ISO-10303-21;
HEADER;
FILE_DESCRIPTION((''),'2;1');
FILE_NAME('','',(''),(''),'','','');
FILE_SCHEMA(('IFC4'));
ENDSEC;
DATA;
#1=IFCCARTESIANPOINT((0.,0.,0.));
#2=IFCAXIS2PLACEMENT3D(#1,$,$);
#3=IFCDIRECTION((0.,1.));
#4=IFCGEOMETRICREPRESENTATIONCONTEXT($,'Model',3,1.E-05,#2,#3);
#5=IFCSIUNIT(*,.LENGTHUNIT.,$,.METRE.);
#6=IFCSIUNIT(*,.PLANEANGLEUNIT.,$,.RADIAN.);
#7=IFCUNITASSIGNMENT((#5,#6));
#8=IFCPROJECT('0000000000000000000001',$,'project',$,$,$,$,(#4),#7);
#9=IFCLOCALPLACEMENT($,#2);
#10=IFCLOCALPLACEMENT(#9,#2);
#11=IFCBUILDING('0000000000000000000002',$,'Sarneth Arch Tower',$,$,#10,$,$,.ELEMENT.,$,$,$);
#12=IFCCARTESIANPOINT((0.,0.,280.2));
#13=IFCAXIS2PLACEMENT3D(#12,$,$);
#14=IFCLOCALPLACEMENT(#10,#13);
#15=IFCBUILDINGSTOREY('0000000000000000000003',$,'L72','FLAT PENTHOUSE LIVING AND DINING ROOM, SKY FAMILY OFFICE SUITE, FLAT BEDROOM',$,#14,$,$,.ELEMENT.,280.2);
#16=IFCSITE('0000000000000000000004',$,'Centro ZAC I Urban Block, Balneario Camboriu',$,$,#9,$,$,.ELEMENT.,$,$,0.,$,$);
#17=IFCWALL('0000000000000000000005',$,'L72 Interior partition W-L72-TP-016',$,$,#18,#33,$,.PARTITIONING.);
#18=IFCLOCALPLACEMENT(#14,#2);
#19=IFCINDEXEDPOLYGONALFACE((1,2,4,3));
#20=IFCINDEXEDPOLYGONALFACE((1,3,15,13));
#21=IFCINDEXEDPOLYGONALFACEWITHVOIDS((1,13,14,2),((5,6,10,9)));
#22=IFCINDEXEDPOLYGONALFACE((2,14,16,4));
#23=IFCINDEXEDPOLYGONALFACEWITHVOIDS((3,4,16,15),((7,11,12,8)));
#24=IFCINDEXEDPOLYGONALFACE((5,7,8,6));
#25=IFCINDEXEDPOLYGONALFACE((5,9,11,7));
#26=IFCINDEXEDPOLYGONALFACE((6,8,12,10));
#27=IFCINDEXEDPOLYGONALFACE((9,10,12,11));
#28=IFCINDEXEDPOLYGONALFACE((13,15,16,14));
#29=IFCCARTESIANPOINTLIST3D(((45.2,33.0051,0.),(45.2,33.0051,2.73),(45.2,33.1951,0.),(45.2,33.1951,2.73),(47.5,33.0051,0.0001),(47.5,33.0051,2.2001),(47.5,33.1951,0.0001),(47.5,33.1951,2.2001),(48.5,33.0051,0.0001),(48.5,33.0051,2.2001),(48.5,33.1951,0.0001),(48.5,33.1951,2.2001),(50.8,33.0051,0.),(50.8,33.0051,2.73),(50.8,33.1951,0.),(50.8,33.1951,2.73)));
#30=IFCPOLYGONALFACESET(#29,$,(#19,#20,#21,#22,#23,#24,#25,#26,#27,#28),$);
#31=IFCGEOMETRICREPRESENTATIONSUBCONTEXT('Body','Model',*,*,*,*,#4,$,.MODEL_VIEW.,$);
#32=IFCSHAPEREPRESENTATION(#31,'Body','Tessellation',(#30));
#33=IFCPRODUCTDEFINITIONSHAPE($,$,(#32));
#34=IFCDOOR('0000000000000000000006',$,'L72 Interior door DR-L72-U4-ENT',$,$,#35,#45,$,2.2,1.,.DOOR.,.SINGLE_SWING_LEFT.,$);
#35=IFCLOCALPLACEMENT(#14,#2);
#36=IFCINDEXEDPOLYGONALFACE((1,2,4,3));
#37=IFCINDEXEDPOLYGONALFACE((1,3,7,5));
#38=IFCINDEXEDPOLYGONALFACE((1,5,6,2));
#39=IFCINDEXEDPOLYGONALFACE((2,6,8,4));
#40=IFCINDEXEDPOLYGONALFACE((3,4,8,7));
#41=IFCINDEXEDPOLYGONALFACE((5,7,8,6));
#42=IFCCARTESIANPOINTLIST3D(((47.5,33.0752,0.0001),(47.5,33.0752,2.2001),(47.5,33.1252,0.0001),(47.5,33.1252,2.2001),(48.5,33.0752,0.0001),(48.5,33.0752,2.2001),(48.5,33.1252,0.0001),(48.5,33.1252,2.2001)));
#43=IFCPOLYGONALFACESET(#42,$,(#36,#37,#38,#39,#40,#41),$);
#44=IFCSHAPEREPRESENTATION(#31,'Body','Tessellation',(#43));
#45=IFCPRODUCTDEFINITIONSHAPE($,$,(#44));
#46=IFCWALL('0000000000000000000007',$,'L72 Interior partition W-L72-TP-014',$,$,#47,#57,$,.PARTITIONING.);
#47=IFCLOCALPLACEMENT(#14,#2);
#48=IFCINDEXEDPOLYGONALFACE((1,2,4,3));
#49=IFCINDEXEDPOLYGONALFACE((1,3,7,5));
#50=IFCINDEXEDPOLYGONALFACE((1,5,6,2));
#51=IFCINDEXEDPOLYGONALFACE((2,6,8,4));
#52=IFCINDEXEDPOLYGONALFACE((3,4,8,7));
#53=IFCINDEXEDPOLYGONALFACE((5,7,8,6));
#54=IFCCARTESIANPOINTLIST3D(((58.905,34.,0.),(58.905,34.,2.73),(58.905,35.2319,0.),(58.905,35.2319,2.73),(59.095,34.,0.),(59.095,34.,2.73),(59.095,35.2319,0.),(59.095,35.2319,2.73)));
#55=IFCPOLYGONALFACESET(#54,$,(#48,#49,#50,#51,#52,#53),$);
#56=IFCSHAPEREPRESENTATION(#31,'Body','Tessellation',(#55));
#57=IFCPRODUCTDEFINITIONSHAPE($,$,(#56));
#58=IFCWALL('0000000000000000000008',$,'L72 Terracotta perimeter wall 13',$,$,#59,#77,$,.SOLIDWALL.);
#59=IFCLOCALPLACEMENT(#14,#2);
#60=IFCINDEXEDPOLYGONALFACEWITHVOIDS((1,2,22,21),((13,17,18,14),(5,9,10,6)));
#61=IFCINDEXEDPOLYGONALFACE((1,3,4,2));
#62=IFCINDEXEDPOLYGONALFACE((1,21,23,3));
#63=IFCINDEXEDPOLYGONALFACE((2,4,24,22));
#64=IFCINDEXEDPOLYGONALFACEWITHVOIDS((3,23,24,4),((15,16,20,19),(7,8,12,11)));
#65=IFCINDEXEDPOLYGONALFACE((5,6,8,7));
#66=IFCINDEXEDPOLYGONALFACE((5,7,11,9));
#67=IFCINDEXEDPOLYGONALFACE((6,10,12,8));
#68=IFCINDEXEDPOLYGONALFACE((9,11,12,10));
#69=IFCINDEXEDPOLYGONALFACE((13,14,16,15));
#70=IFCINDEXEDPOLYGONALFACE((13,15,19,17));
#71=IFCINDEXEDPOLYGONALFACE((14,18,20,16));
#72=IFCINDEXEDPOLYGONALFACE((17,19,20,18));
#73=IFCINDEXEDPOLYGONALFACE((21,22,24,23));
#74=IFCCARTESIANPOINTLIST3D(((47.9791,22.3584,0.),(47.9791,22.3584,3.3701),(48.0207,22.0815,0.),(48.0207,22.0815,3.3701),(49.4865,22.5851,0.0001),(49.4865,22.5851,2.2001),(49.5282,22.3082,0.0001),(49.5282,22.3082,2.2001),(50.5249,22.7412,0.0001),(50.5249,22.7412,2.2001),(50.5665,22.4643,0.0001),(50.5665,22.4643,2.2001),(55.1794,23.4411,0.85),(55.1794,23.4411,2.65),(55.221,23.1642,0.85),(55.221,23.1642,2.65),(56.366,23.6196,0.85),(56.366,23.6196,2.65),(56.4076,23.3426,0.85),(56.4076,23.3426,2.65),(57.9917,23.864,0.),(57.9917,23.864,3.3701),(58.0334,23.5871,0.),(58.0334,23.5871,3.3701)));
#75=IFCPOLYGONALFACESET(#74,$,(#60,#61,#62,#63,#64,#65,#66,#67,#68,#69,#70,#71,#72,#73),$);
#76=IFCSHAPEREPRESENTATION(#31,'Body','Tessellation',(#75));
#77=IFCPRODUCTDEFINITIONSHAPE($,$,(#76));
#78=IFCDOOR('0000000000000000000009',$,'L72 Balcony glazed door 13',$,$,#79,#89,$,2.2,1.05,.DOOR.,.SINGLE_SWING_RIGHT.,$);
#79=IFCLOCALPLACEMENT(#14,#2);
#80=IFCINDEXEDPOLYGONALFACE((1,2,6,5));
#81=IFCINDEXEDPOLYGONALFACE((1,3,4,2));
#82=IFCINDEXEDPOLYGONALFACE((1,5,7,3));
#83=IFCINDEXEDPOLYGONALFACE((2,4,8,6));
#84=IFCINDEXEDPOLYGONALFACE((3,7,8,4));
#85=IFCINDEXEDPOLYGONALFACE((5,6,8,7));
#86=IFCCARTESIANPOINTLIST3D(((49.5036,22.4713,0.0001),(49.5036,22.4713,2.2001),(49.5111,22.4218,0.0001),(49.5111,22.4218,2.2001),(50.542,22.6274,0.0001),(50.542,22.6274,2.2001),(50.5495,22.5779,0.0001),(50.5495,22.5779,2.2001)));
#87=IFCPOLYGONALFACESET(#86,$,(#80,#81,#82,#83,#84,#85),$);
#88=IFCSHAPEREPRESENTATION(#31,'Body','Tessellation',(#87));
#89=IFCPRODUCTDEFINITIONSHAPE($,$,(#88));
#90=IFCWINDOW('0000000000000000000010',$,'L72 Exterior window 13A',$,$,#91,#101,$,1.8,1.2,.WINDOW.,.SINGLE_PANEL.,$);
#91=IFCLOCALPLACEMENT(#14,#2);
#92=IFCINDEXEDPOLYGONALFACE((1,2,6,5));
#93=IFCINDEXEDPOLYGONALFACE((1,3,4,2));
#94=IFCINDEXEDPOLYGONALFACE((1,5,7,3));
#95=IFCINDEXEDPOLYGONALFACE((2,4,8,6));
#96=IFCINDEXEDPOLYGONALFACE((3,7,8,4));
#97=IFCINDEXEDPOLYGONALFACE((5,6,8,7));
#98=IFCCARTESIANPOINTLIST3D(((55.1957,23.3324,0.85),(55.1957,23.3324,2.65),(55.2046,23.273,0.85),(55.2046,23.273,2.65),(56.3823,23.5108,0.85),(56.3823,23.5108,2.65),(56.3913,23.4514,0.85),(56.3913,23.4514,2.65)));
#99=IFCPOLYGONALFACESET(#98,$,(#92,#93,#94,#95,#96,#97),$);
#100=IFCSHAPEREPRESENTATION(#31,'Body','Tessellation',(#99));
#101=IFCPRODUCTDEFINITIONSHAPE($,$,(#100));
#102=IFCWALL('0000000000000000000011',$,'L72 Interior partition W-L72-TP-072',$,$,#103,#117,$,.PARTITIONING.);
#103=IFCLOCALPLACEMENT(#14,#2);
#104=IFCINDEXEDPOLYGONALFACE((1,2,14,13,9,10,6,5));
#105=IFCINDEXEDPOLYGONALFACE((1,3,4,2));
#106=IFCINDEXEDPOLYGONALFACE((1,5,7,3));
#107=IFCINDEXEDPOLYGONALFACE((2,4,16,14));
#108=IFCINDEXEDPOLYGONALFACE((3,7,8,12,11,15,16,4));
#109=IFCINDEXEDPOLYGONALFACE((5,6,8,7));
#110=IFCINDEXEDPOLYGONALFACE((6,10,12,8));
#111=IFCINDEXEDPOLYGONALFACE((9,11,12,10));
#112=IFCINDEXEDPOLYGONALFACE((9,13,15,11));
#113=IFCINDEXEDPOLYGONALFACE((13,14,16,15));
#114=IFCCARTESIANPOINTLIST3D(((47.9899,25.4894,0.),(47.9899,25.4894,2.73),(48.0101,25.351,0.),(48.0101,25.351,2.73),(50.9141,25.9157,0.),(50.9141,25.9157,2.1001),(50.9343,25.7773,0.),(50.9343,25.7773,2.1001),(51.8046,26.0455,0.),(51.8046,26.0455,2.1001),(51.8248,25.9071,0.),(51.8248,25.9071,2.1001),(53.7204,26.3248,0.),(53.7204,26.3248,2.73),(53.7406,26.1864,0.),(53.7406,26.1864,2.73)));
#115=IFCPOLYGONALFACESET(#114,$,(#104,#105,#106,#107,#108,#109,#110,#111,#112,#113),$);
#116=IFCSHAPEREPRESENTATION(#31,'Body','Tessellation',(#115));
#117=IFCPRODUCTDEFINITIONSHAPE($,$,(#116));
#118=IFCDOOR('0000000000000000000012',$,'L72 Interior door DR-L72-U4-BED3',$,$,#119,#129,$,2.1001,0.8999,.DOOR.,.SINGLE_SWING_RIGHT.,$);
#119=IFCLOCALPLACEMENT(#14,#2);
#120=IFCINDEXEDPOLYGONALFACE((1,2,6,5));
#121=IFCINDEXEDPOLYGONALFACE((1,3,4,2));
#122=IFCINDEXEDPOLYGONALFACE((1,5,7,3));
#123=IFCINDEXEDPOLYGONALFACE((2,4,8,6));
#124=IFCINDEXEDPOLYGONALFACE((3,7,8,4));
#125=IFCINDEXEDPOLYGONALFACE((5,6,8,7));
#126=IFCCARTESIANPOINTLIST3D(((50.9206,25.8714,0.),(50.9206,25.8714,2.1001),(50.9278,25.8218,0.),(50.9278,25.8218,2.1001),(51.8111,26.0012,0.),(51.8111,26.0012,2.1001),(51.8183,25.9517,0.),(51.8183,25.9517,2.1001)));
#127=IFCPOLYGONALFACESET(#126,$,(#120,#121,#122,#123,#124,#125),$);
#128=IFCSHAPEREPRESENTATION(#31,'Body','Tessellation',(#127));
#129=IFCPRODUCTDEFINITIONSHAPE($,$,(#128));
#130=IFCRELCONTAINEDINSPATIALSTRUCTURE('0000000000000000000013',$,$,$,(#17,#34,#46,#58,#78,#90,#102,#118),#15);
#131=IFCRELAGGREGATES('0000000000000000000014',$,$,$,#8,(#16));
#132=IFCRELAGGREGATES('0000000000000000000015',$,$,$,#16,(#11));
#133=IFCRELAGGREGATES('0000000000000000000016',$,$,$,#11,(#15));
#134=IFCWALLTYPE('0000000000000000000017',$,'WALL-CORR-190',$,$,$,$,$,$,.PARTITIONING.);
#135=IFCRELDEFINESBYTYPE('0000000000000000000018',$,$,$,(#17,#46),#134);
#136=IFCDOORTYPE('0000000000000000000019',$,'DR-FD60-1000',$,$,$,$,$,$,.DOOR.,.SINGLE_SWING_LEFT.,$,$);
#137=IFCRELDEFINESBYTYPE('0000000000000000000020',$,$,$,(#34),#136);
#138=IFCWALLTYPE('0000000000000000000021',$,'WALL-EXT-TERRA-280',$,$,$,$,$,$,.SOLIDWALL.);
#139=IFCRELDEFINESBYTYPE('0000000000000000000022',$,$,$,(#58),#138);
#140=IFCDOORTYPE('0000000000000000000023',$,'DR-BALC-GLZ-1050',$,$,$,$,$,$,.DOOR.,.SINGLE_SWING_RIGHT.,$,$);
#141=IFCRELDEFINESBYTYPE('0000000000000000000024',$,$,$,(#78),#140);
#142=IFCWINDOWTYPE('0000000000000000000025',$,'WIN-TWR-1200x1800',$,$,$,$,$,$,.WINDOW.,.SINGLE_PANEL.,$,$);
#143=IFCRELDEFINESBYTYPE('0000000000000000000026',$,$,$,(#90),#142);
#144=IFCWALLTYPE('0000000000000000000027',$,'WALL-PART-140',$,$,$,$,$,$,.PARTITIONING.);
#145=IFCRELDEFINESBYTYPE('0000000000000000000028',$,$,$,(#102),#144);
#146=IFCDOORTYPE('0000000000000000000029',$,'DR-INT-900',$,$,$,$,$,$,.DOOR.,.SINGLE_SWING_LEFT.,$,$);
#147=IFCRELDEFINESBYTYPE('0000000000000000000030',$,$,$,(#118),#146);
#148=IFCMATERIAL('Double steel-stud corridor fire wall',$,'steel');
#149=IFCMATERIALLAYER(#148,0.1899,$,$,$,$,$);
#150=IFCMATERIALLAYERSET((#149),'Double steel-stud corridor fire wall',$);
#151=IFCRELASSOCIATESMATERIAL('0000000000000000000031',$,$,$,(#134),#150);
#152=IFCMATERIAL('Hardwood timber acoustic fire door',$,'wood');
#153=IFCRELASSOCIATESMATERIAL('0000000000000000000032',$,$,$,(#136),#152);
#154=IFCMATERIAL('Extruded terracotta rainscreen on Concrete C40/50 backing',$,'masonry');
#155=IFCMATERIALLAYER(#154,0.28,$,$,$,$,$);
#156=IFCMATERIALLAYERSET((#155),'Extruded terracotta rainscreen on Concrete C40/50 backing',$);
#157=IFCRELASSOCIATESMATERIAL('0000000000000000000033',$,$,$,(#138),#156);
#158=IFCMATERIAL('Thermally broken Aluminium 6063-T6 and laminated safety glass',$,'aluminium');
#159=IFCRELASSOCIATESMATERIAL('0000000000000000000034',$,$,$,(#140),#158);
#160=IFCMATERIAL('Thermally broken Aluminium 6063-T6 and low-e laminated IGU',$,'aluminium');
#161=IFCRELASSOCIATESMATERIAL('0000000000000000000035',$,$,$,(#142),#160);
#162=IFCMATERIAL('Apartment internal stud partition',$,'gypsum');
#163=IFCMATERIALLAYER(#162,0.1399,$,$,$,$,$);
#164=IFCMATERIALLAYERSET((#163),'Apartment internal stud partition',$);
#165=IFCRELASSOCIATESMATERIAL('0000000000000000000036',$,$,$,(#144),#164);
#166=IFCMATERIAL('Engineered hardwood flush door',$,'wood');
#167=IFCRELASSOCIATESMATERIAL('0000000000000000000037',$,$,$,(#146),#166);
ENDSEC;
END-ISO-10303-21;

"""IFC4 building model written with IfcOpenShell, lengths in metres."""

from ifc_helpers import new_model, si_unit, direction, frame, frame_2d, origin, place, context, subcontext, project, spatial, rectangle, extrude, material, layer, layer_set, type_object, element, fill, save


model = new_model("IFC4")

# Units and contexts
model_context = context("Model", 3, precision=1e-05, world=origin(), true_north=direction((0.0, 1.0)))
body_context = subcontext(model_context, "Body", "Model", "MODEL_VIEW")
ifc_project = project(units=[si_unit("LENGTHUNIT", "METRE"), si_unit("PLANEANGLEUNIT", "RADIAN")], contexts=[model_context])

# Site, building, storey
site_placement = place(None, origin())
site = spatial("IfcSite", under=ifc_project, at=site_placement, Name="Centro ZAC I Urban Block, Balneario Camboriu", CompositionType="ELEMENT", RefElevation=0.0)
building_placement = place(site_placement, origin())
building = spatial("IfcBuilding", under=site, at=building_placement, Name="Sarneth Arch Tower", CompositionType="ELEMENT")
storey_placement = place(building_placement, frame((0.0, 0.0, 280.2)))
storey = spatial("IfcBuildingStorey", under=building, at=storey_placement, Name="L72", Description="FLAT PENTHOUSE LIVING AND DINING ROOM, SKY FAMILY OFFICE SUITE, FLAT BEDROOM", CompositionType="ELEMENT", Elevation=280.2)

# Wall, opening, door
ifc_material_1 = material(Name="Double steel-stud corridor fire wall", Category="steel")
ifc_layer_1 = layer(ifc_material_1, 0.1899)
ifc_layer_set_1 = layer_set([ifc_layer_1], Name="Double steel-stud corridor fire wall")
wall_type_1 = type_object("IfcWallType", Name="WALL-CORR-190", PredefinedType="PARTITIONING", material=ifc_layer_set_1)
wall_1_placement = place(storey_placement, frame((50.8, 33.1001, 0.0), z_axis=(0.0, 0.0, 1.0), x_axis=(-1.0, 0.0, 0.0)))
wall_1 = element("IfcWall", 1, at=wall_1_placement, inside=storey, type_object=wall_type_1, Name="L72 Interior partition W-L72-TP-016", PredefinedType="PARTITIONING", context=body_context, shape_type="SweptSolid", body=[
    extrude(rectangle(XDim=5.6001, YDim=0.1899, at=frame_2d((2.8, 0.0))), origin(), (0.0, 0.0, 1.0), 2.73),
])
opening_1_placement = place(wall_1_placement, frame((2.3, 0.0, 0.0)))
opening_1 = element("IfcOpeningElement", 2, at=opening_1_placement, cuts=wall_1, PredefinedType="OPENING", context=body_context, shape_type="SweptSolid", body=[
    extrude(rectangle(XDim=1.0, YDim=2.2, at=frame_2d((0.5, 1.1001))), frame((0.0, 0.105, 0.0), z_axis=(0.0, -1.0, 0.0), x_axis=(1.0, 0.0, 0.0)), (0.0, 0.0, 1.0), 0.21),
])
ifc_material_2 = material(Name="Hardwood timber acoustic fire door", Category="wood")
door_type_1 = type_object("IfcDoorType", Name="DR-FD60-1000", OperationType="SINGLE_SWING_LEFT", PredefinedType="DOOR", material=ifc_material_2)
door_1_placement = place(opening_1_placement, origin())
door_1 = element("IfcDoor", 3, at=door_1_placement, inside=storey, type_object=door_type_1, Name="L72 Interior door DR-L72-U4-ENT", OperationType="SINGLE_SWING_LEFT", OverallHeight=2.2, OverallWidth=1.0, PredefinedType="DOOR", context=body_context, shape_type="SweptSolid", body=[
    extrude(rectangle(XDim=1.0, YDim=2.2, at=frame_2d((0.5, 1.1001))), frame((0.0, 0.0249, 0.0), z_axis=(0.0, -1.0, 0.0), x_axis=(1.0, 0.0, 0.0)), (0.0, 0.0, 1.0), 0.05),
])
fill(opening_1, door_1)

# Wall
wall_2_placement = place(storey_placement, frame((59.0, 34.0, 0.0), z_axis=(0.0, 0.0, 1.0), x_axis=(0.0, 1.0, 0.0)))
element("IfcWall", 4, at=wall_2_placement, inside=storey, type_object=wall_type_1, Name="L72 Interior partition W-L72-TP-014", PredefinedType="PARTITIONING", context=body_context, shape_type="SweptSolid", body=[
    extrude(rectangle(XDim=1.2319, YDim=0.1899, at=frame_2d((0.616, 0.0))), origin(), (0.0, 0.0, 1.0), 2.73),
])

# Wall, openings, door, window
ifc_material_3 = material(Name="Extruded terracotta rainscreen on Concrete C40/50 backing", Category="masonry")
ifc_layer_2 = layer(ifc_material_3, 0.28)
ifc_layer_set_2 = layer_set([ifc_layer_2], Name="Extruded terracotta rainscreen on Concrete C40/50 backing")
wall_type_2 = type_object("IfcWallType", Name="WALL-EXT-TERRA-280", PredefinedType="SOLIDWALL", material=ifc_layer_set_2)
wall_3_placement = place(storey_placement, frame((48.0, 22.22, 0.0), z_axis=(0.0, 0.0, 1.0), x_axis=(0.988883, 0.148699, 0.0)))
wall_3 = element("IfcWall", 5, at=wall_3_placement, inside=storey, type_object=wall_type_2, Name="L72 Terracotta perimeter wall 13", PredefinedType="SOLIDWALL", context=body_context, shape_type="SweptSolid", body=[
    extrude(rectangle(XDim=10.1252, YDim=0.28, at=frame_2d((5.0625, 0.0))), origin(), (0.0, 0.0, 1.0), 3.3701),
])
opening_2_placement = place(wall_3_placement, frame((1.5244, 0.0, 0.0)))
opening_2 = element("IfcOpeningElement", 6, at=opening_2_placement, cuts=wall_3, PredefinedType="OPENING", context=body_context, shape_type="SweptSolid", body=[
    extrude(rectangle(XDim=1.05, YDim=2.2, at=frame_2d((0.5249, 1.1001))), frame((0.0, 0.1499, 0.0), z_axis=(0.0, -1.0, 0.0), x_axis=(1.0, 0.0, 0.0)), (0.0, 0.0, 1.0), 0.3),
])
opening_3_placement = place(wall_3_placement, frame((7.281, 0.0, 0.8501)))
opening_3 = element("IfcOpeningElement", 7, at=opening_3_placement, cuts=wall_3, PredefinedType="OPENING", context=body_context, shape_type="SweptSolid", body=[
    extrude(rectangle(XDim=1.2, YDim=1.8, at=frame_2d((0.6001, 0.8999))), frame((0.0, 0.1499, 0.0), z_axis=(0.0, -1.0, 0.0), x_axis=(1.0, 0.0, 0.0)), (0.0, 0.0, 1.0), 0.3),
])
ifc_material_4 = material(Name="Thermally broken Aluminium 6063-T6 and laminated safety glass", Category="aluminium")
door_type_2 = type_object("IfcDoorType", Name="DR-BALC-GLZ-1050", OperationType="SINGLE_SWING_RIGHT", PredefinedType="DOOR", material=ifc_material_4)
door_2_placement = place(opening_2_placement, origin())
door_2 = element("IfcDoor", 8, at=door_2_placement, inside=storey, type_object=door_type_2, Name="L72 Balcony glazed door 13", OperationType="SINGLE_SWING_RIGHT", OverallHeight=2.2, OverallWidth=1.05, PredefinedType="DOOR", context=body_context, shape_type="SweptSolid", body=[
    extrude(rectangle(XDim=1.05, YDim=2.2, at=frame_2d((0.5249, 1.1001))), frame((0.0, 0.0249, 0.0), z_axis=(0.0, -1.0, 0.0), x_axis=(1.0, 0.0, 0.0)), (0.0, 0.0, 1.0), 0.05),
])
fill(opening_2, door_2)
ifc_material_5 = material(Name="Thermally broken Aluminium 6063-T6 and low-e laminated IGU", Category="aluminium")
window_type = type_object("IfcWindowType", Name="WIN-TWR-1200x1800", PartitioningType="SINGLE_PANEL", PredefinedType="WINDOW", material=ifc_material_5)
window_placement = place(opening_3_placement, origin())
window = element("IfcWindow", 9, at=window_placement, inside=storey, type_object=window_type, Name="L72 Exterior window 13A", OverallHeight=1.8, OverallWidth=1.2, PartitioningType="SINGLE_PANEL", PredefinedType="WINDOW", context=body_context, shape_type="SweptSolid", body=[
    extrude(rectangle(XDim=1.2, YDim=1.8, at=frame_2d((0.6001, 0.8999))), frame((0.0, 0.03, 0.0), z_axis=(0.0, -1.0, 0.0), x_axis=(1.0, 0.0, 0.0)), (0.0, 0.0, 1.0), 0.0601),
])
fill(opening_3, window)

# Wall, opening, door
ifc_material_6 = material(Name="Apartment internal stud partition", Category="gypsum")
ifc_layer_3 = layer(ifc_material_6, 0.1399)
ifc_layer_set_3 = layer_set([ifc_layer_3], Name="Apartment internal stud partition")
wall_type_3 = type_object("IfcWallType", Name="WALL-PART-140", PredefinedType="PARTITIONING", material=ifc_layer_set_3)
wall_4_placement = place(storey_placement, frame((53.7305, 26.2556, 0.0), z_axis=(0.0, 0.0, 1.0), x_axis=(-0.989539, -0.144266, 0.0)))
wall_4 = element("IfcWall", 10, at=wall_4_placement, inside=storey, type_object=wall_type_3, Name="L72 Interior partition W-L72-TP-072", PredefinedType="PARTITIONING", context=body_context, shape_type="SweptSolid", body=[
    extrude(rectangle(XDim=5.791, YDim=0.1399, at=frame_2d((2.8955, 0.0))), origin(), (0.0, 0.0, 1.0), 2.73),
])
opening_4_placement = place(wall_4_placement, frame((1.936, 0.0, 0.0)))
opening_4 = element("IfcOpeningElement", 11, at=opening_4_placement, cuts=wall_4, PredefinedType="OPENING", context=body_context, shape_type="SweptSolid", body=[
    extrude(rectangle(XDim=0.8999, YDim=2.1001, at=frame_2d((0.45, 1.05))), frame((0.0, 0.0798, 0.0), z_axis=(0.0, -1.0, 0.0), x_axis=(1.0, 0.0, 0.0)), (0.0, 0.0, 1.0), 0.1599),
])
ifc_material_7 = material(Name="Engineered hardwood flush door", Category="wood")
door_type_3 = type_object("IfcDoorType", Name="DR-INT-900", OperationType="SINGLE_SWING_LEFT", PredefinedType="DOOR", material=ifc_material_7)
door_3_placement = place(opening_4_placement, origin())
door_3 = element("IfcDoor", 12, at=door_3_placement, inside=storey, type_object=door_type_3, Name="L72 Interior door DR-L72-U4-BED3", OperationType="SINGLE_SWING_RIGHT", OverallHeight=2.1001, OverallWidth=0.8999, PredefinedType="DOOR", context=body_context, shape_type="SweptSolid", body=[
    extrude(rectangle(XDim=0.8999, YDim=2.1001, at=frame_2d((0.45, 1.05))), frame((0.0, 0.0249, 0.0), z_axis=(0.0, -1.0, 0.0), x_axis=(1.0, 0.0, 0.0)), (0.0, 0.0, 1.0), 0.05),
])
fill(opening_4, door_3)

save(model, "model.ifc")
